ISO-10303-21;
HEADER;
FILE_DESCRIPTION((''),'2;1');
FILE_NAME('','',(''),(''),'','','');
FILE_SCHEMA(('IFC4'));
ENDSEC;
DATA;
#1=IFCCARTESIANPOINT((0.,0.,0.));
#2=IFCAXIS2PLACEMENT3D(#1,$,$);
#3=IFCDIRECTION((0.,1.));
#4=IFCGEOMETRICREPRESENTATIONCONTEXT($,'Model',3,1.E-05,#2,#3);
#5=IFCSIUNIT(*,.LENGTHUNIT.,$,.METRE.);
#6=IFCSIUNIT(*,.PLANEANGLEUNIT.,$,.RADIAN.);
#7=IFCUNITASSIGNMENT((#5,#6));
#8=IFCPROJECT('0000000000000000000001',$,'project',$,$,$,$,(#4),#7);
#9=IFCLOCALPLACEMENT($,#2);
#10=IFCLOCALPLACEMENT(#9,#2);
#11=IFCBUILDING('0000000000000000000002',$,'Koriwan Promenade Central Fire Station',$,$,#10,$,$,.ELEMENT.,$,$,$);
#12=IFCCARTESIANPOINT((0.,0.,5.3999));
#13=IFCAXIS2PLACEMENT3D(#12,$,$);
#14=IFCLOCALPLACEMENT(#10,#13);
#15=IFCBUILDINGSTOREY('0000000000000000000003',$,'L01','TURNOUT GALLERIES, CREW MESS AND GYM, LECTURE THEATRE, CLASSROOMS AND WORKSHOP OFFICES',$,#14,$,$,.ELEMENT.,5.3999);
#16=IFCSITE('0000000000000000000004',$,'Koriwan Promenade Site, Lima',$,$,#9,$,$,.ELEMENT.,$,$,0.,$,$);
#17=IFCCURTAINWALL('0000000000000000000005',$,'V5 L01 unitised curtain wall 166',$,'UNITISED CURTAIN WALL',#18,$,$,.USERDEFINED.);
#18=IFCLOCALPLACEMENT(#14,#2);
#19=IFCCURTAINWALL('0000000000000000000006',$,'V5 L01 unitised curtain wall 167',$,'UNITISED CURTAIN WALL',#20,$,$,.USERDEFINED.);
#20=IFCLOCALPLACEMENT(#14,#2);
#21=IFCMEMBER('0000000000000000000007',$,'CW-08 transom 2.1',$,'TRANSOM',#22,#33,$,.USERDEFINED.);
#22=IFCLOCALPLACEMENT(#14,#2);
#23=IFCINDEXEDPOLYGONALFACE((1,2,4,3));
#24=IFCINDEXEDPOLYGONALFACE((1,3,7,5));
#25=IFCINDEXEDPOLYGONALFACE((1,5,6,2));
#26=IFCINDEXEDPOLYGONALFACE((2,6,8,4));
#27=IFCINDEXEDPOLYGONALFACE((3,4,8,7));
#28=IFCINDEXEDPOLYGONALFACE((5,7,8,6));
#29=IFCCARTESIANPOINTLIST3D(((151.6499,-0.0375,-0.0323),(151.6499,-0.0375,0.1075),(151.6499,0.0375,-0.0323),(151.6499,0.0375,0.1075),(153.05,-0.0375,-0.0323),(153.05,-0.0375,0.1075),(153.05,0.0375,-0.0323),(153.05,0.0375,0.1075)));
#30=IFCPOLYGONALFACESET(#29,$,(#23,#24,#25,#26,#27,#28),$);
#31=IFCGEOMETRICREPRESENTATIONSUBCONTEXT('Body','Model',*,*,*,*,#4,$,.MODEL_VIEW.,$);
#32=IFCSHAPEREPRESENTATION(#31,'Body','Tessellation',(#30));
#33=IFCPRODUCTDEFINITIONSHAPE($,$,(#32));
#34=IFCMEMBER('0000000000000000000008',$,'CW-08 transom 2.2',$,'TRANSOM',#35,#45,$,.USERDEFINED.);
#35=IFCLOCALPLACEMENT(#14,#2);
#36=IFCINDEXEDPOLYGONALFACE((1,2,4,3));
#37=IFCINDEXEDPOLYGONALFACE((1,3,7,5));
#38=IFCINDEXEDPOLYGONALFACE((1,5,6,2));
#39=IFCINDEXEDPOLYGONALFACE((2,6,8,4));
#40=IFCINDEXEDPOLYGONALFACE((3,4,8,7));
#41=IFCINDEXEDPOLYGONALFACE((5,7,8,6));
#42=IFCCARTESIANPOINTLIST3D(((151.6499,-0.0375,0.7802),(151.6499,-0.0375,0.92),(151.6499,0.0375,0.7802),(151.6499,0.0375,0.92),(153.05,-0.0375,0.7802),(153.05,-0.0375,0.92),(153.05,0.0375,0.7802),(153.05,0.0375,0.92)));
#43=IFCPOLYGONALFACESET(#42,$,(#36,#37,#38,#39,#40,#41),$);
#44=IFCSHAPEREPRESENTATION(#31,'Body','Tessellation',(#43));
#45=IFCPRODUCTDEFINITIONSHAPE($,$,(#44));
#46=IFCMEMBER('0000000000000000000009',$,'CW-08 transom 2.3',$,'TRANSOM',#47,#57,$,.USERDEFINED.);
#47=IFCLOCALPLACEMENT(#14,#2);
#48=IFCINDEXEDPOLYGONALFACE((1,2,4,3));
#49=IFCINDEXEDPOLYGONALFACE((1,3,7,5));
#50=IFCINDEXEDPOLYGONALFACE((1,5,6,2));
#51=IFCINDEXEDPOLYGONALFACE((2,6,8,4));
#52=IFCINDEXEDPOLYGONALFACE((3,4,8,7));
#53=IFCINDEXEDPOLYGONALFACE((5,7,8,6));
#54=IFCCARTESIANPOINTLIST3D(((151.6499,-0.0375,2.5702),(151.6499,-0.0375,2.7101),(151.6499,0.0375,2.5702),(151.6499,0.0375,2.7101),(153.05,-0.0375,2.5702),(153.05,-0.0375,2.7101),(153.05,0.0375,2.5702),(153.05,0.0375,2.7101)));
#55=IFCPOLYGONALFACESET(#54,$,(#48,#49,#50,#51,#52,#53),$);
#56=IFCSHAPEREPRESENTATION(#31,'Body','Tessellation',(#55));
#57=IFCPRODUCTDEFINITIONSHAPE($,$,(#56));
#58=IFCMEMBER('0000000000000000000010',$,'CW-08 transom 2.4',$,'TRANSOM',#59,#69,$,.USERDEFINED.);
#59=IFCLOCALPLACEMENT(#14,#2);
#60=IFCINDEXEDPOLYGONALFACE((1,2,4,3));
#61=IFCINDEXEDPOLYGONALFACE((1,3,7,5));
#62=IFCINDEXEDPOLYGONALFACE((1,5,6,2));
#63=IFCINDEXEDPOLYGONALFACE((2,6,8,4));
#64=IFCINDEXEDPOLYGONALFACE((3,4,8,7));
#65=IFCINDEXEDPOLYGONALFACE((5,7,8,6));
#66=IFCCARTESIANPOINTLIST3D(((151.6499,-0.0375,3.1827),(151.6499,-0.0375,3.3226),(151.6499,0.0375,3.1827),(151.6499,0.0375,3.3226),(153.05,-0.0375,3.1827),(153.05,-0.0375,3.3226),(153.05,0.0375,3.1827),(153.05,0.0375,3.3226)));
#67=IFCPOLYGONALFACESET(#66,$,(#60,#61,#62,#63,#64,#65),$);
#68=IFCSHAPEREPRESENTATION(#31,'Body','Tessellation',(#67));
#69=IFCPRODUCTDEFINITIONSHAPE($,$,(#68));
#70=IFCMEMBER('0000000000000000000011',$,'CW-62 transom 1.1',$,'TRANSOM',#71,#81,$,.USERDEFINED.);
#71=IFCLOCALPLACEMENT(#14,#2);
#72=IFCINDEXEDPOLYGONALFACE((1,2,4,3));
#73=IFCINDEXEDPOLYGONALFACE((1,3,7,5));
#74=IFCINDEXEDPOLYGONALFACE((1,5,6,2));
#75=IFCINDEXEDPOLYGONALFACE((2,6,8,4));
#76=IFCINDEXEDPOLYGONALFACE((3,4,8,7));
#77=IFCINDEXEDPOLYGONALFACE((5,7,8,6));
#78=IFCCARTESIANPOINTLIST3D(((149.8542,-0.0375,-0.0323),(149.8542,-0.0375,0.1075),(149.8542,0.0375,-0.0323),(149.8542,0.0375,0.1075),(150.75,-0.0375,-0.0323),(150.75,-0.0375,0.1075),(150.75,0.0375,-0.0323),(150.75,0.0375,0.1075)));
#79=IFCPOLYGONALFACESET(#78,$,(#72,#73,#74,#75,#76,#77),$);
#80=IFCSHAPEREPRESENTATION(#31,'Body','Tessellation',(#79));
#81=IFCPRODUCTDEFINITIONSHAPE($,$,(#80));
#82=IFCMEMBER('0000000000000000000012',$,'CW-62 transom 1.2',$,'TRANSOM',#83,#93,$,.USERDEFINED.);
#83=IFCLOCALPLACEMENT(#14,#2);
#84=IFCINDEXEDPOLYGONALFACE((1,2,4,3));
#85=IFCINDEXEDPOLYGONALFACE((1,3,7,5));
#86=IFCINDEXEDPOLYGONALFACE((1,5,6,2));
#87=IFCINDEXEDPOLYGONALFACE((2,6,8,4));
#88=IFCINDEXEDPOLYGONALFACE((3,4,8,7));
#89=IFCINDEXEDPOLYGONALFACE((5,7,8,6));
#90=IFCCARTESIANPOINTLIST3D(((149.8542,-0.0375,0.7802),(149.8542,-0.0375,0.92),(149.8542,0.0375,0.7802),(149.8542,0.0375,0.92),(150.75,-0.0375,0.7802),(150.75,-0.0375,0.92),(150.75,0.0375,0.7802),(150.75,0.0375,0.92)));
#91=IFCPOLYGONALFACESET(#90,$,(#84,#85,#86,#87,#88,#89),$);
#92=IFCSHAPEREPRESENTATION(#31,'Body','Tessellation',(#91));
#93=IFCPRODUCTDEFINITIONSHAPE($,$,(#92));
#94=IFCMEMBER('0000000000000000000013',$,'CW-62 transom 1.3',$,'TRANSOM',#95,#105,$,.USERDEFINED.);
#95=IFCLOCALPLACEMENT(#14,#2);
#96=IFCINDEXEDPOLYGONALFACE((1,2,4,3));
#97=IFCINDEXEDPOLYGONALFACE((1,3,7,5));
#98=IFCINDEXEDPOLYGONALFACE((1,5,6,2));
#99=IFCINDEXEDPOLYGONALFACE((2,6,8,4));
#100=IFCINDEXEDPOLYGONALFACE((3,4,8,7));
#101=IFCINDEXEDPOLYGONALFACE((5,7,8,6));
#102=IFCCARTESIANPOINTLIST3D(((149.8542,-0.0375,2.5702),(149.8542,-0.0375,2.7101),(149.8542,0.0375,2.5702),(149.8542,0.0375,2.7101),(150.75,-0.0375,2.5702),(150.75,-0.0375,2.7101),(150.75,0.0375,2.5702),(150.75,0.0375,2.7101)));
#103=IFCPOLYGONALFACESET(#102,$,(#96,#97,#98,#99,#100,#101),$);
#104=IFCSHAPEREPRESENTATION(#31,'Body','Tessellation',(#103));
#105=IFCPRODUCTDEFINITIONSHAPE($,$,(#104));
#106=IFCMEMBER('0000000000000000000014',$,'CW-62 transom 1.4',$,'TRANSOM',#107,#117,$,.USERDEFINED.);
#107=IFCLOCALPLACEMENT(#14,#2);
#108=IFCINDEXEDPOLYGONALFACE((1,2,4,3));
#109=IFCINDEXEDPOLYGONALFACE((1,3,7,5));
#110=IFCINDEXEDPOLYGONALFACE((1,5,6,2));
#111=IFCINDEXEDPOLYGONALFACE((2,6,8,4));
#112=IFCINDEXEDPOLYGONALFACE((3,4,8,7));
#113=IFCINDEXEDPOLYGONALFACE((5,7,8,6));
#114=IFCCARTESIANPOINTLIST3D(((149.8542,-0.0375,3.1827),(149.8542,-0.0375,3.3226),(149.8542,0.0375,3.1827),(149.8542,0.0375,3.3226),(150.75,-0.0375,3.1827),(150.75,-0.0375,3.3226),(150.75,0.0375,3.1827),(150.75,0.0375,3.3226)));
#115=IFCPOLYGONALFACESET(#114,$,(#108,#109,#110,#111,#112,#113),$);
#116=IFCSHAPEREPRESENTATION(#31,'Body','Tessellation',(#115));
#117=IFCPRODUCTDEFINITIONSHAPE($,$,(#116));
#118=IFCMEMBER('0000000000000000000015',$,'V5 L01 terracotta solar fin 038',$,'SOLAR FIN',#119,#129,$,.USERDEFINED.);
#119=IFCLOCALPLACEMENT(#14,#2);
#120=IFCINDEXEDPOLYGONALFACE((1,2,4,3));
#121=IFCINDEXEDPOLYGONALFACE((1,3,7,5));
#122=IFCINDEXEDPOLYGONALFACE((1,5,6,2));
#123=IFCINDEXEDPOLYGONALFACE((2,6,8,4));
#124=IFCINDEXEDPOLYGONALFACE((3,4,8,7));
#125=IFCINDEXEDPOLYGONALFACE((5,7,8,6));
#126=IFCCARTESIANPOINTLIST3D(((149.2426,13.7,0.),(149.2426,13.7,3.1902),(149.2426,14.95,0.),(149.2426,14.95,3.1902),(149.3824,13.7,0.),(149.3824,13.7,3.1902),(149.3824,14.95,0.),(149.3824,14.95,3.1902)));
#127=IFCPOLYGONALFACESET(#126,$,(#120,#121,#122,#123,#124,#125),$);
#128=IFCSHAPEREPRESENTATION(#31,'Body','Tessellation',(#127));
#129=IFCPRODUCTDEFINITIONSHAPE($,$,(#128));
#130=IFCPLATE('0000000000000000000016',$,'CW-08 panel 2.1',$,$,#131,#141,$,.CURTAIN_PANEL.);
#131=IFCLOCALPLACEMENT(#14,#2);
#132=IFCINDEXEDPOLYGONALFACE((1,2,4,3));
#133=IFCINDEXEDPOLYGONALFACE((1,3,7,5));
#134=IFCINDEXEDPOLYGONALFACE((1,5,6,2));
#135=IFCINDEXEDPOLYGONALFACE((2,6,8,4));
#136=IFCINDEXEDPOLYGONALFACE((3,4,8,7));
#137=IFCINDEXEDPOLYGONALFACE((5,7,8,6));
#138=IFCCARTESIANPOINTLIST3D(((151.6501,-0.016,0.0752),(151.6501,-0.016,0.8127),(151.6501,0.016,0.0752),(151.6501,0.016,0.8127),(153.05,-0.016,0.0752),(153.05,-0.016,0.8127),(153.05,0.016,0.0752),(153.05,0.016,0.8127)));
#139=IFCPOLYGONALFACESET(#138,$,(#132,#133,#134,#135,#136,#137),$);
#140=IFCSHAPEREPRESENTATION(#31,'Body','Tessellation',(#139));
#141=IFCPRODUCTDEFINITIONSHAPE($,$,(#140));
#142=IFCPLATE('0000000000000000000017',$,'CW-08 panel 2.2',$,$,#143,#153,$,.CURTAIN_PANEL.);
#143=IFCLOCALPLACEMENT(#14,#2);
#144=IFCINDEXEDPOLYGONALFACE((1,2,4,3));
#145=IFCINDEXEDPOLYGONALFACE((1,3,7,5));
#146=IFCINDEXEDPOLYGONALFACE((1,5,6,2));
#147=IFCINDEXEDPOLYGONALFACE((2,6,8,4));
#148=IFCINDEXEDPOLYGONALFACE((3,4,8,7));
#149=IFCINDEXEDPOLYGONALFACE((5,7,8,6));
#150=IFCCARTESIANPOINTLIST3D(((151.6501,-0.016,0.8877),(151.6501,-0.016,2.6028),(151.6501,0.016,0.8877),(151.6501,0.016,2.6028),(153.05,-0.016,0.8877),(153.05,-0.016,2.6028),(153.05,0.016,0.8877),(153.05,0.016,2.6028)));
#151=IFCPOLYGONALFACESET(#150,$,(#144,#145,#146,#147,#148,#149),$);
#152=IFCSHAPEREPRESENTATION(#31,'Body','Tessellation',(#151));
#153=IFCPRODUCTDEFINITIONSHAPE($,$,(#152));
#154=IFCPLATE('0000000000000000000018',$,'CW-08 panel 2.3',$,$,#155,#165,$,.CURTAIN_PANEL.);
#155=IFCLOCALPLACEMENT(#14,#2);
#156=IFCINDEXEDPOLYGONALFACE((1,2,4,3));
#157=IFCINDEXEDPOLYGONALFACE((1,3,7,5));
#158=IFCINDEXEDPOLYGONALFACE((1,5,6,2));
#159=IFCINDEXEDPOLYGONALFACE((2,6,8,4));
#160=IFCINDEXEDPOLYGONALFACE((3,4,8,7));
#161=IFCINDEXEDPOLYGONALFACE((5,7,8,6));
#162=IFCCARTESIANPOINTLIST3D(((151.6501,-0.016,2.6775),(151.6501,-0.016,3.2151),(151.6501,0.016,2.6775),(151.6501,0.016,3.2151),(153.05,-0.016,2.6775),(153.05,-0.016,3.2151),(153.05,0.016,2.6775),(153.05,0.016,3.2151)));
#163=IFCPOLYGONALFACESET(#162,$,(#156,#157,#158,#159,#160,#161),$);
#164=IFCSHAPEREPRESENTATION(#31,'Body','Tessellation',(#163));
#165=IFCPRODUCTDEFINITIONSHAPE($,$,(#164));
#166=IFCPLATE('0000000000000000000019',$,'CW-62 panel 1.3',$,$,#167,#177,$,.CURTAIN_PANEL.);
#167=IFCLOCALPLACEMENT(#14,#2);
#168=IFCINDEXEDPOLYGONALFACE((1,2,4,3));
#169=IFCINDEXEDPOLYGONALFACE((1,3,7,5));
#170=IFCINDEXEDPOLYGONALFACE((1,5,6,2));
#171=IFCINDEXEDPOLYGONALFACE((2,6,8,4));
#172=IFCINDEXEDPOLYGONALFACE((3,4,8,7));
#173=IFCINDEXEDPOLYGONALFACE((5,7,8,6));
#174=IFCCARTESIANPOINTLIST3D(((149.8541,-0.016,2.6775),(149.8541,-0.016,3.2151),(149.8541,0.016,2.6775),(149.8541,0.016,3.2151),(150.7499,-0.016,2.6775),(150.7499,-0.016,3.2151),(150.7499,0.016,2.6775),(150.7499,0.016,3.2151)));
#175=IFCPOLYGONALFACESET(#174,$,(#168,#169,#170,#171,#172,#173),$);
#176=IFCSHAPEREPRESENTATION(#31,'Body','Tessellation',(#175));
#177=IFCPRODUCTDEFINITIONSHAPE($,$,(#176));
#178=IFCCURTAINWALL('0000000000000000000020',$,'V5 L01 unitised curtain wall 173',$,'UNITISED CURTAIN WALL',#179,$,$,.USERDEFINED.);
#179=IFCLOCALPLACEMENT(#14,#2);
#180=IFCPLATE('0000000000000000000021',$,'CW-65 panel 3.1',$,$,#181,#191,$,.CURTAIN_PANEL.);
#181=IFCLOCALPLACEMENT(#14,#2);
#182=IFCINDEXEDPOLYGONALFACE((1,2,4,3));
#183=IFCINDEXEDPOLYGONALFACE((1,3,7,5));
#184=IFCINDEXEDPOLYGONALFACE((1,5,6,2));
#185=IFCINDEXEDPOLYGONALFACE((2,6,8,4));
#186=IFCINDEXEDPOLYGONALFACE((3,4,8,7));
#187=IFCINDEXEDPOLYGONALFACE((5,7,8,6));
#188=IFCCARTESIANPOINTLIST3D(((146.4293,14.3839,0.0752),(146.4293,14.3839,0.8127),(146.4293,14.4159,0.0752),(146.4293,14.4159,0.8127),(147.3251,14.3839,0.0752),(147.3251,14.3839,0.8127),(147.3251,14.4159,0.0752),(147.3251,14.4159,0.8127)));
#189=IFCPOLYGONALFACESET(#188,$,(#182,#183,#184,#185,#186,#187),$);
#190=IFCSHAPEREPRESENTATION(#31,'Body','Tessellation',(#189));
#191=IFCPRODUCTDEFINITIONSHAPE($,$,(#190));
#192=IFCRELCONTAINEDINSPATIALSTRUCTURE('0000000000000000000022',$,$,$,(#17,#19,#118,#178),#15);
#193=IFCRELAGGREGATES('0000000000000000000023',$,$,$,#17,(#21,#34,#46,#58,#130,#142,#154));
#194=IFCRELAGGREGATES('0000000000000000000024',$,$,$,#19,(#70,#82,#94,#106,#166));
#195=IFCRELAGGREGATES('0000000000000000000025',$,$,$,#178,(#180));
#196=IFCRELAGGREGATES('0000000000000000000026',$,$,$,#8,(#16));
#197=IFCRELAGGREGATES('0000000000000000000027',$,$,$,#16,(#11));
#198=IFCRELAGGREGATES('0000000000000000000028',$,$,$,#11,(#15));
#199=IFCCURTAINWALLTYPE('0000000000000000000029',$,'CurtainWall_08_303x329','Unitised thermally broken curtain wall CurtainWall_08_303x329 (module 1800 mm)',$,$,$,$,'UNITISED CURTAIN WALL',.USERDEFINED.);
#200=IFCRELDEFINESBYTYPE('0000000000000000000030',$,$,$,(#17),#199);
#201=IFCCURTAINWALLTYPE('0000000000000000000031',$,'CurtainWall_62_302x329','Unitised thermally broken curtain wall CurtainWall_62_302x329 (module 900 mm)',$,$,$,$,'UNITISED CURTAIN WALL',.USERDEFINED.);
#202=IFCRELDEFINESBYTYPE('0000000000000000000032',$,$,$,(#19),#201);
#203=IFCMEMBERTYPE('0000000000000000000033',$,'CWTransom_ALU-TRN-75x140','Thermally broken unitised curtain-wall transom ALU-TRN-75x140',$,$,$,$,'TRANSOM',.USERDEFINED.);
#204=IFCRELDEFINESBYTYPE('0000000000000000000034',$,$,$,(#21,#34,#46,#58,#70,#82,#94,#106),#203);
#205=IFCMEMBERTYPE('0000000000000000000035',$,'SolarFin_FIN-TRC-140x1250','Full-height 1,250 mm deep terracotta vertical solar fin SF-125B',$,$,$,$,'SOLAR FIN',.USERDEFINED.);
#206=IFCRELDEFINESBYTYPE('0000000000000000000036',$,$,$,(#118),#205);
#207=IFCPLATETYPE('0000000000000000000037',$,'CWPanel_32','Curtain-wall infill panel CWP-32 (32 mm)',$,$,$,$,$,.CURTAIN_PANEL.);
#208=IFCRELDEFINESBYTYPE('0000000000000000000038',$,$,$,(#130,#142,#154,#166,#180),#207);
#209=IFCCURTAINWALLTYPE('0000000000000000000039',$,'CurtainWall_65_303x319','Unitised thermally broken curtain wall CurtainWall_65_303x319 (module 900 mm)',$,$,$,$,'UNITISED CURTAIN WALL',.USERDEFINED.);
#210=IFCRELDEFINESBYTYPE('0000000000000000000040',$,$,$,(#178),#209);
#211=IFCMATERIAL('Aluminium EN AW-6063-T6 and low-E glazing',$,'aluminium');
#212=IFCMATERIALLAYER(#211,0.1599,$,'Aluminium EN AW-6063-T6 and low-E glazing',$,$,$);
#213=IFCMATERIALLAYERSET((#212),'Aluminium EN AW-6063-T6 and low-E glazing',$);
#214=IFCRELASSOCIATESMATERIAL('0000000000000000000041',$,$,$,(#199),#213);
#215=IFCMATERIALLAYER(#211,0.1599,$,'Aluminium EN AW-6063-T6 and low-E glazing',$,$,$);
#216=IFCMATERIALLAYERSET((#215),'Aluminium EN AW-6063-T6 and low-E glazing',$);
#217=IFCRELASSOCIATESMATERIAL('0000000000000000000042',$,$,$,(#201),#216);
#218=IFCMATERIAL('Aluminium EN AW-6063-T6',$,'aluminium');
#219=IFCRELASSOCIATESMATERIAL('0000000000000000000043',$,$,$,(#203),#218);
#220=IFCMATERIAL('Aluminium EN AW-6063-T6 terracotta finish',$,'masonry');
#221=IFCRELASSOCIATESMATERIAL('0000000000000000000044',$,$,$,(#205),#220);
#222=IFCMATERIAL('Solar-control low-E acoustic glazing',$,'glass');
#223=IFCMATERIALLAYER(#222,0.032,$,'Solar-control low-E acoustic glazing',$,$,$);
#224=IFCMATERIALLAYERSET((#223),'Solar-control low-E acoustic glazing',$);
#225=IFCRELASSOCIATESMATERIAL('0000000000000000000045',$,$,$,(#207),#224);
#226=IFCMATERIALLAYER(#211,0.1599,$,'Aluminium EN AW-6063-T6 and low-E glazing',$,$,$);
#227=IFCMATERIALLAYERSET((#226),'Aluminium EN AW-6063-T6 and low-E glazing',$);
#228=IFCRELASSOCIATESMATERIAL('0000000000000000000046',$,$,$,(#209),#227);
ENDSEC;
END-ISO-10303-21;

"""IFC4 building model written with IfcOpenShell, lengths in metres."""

from ifc_helpers import new_model, si_unit, direction, frame, origin, origin_2d, place, context, subcontext, project, spatial, rectangle, extrude, material, layer, layer_set, material_profile, profile_set, type_object, element, aggregate, save


model = new_model("IFC4")

# Units and contexts
model_context = context("Model", 3, precision=1e-05, world=origin(), true_north=direction((0.0, 1.0)))
body_context = subcontext(model_context, "Body", "Model", "MODEL_VIEW")
ifc_project = project(units=[si_unit("LENGTHUNIT", "METRE"), si_unit("PLANEANGLEUNIT", "RADIAN")], contexts=[model_context])

# Site, building, storey
site_placement = place(None, origin())
site = spatial("IfcSite", under=ifc_project, at=site_placement, Name="Koriwan Promenade Site, Lima", CompositionType="ELEMENT", RefElevation=0.0)
building_placement = place(site_placement, origin())
building = spatial("IfcBuilding", under=site, at=building_placement, Name="Koriwan Promenade Central Fire Station", CompositionType="ELEMENT")
storey_placement = place(building_placement, frame((0.0, 0.0, 5.3999)))
storey = spatial("IfcBuildingStorey", under=building, at=storey_placement, Name="L01", Description="TURNOUT GALLERIES, CREW MESS AND GYM, LECTURE THEATRE, CLASSROOMS AND WORKSHOP OFFICES", CompositionType="ELEMENT", Elevation=5.3999)

# Curtain wall
ifc_material_1 = material(Name="Aluminium EN AW-6063-T6 and low-E glazing", Category="aluminium")
ifc_layer_1 = layer(ifc_material_1, 0.1599, Name="Aluminium EN AW-6063-T6 and low-E glazing")
ifc_layer_set_1 = layer_set([ifc_layer_1], Name="Aluminium EN AW-6063-T6 and low-E glazing")
curtain_wall_type_1 = type_object("IfcCurtainWallType", Name="CurtainWall_08_303x329", Description="Unitised thermally broken curtain wall CurtainWall_08_303x329 (module 1800 mm)", ElementType="UNITISED CURTAIN WALL", PredefinedType="USERDEFINED", material=ifc_layer_set_1)
curtain_wall_1_placement = place(storey_placement, origin())
curtain_wall_1 = element("IfcCurtainWall", 1, at=curtain_wall_1_placement, inside=storey, type_object=curtain_wall_type_1, Name="V5 L01 unitised curtain wall 166", ObjectType="UNITISED CURTAIN WALL", PredefinedType="USERDEFINED")
ifc_material_2 = material(Name="Aluminium EN AW-6063-T6", Category="aluminium")

# Curtain wall
ifc_layer_2 = layer(ifc_material_1, 0.1599, Name="Aluminium EN AW-6063-T6 and low-E glazing")
ifc_layer_set_2 = layer_set([ifc_layer_2], Name="Aluminium EN AW-6063-T6 and low-E glazing")
curtain_wall_type_2 = type_object("IfcCurtainWallType", Name="CurtainWall_62_302x329", Description="Unitised thermally broken curtain wall CurtainWall_62_302x329 (module 900 mm)", ElementType="UNITISED CURTAIN WALL", PredefinedType="USERDEFINED", material=ifc_layer_set_2)
curtain_wall_2_placement = place(storey_placement, origin())
curtain_wall_2 = element("IfcCurtainWall", 2, at=curtain_wall_2_placement, inside=storey, type_object=curtain_wall_type_2, Name="V5 L01 unitised curtain wall 167", ObjectType="UNITISED CURTAIN WALL", PredefinedType="USERDEFINED")

# Members
ifc_material_profile_1 = material_profile(ifc_material_2, rectangle(XDim=0.075, YDim=0.1399, at=origin_2d()), Name="ALU-TRN-75x140")
ifc_profile_set_1 = profile_set([ifc_material_profile_1], Name="Aluminium EN AW-6063-T6")
member_type_1 = type_object("IfcMemberType", Name="CWTransom_ALU-TRN-75x140", Description="Thermally broken unitised curtain-wall transom ALU-TRN-75x140", ElementType="TRANSOM", PredefinedType="USERDEFINED", material=ifc_profile_set_1)
member_1_placement = place(storey_placement, frame((153.05, 0.0, 0.0376), z_axis=(-1.0, 0.0, 0.0), x_axis=(0.0, -1.0, 0.0)))
member_1 = element("IfcMember", 3, at=member_1_placement, type_object=member_type_1, Name="CW-08 transom 2.1", ObjectType="TRANSOM", PredefinedType="USERDEFINED", context=body_context, shape_type="SweptSolid", body=[
    extrude(rectangle(XDim=0.075, YDim=0.1399, at=origin_2d()), origin(), (0.0, 0.0, 1.0), 1.4001),
])
member_2_placement = place(storey_placement, frame((153.05, 0.0, 0.8501), z_axis=(-1.0, 0.0, 0.0), x_axis=(0.0, -1.0, 0.0)))
member_2 = element("IfcMember", 4, at=member_2_placement, type_object=member_type_1, Name="CW-08 transom 2.2", ObjectType="TRANSOM", PredefinedType="USERDEFINED", context=body_context, shape_type="SweptSolid", body=[
    extrude(rectangle(XDim=0.075, YDim=0.1399, at=origin_2d()), origin(), (0.0, 0.0, 1.0), 1.4001),
])
member_3_placement = place(storey_placement, frame((153.05, 0.0, 2.6401), z_axis=(-1.0, 0.0, 0.0), x_axis=(0.0, -1.0, 0.0)))
member_3 = element("IfcMember", 5, at=member_3_placement, type_object=member_type_1, Name="CW-08 transom 2.3", ObjectType="TRANSOM", PredefinedType="USERDEFINED", context=body_context, shape_type="SweptSolid", body=[
    extrude(rectangle(XDim=0.075, YDim=0.1399, at=origin_2d()), origin(), (0.0, 0.0, 1.0), 1.4001),
])
member_4_placement = place(storey_placement, frame((153.05, 0.0, 3.2527), z_axis=(-1.0, 0.0, 0.0), x_axis=(0.0, -1.0, 0.0)))
member_4 = element("IfcMember", 6, at=member_4_placement, type_object=member_type_1, Name="CW-08 transom 2.4", ObjectType="TRANSOM", PredefinedType="USERDEFINED", context=body_context, shape_type="SweptSolid", body=[
    extrude(rectangle(XDim=0.075, YDim=0.1399, at=origin_2d()), origin(), (0.0, 0.0, 1.0), 1.4001),
])
member_5_placement = place(storey_placement, frame((150.75, 0.0, 0.0376), z_axis=(-1.0, 0.0, 0.0), x_axis=(0.0, -1.0, 0.0)))
member_5 = element("IfcMember", 7, at=member_5_placement, type_object=member_type_1, Name="CW-62 transom 1.1", ObjectType="TRANSOM", PredefinedType="USERDEFINED", context=body_context, shape_type="SweptSolid", body=[
    extrude(rectangle(XDim=0.075, YDim=0.1399, at=origin_2d()), origin(), (0.0, 0.0, 1.0), 0.8958),
])
member_6_placement = place(storey_placement, frame((150.75, 0.0, 0.8501), z_axis=(-1.0, 0.0, 0.0), x_axis=(0.0, -1.0, 0.0)))
member_6 = element("IfcMember", 8, at=member_6_placement, type_object=member_type_1, Name="CW-62 transom 1.2", ObjectType="TRANSOM", PredefinedType="USERDEFINED", context=body_context, shape_type="SweptSolid", body=[
    extrude(rectangle(XDim=0.075, YDim=0.1399, at=origin_2d()), origin(), (0.0, 0.0, 1.0), 0.8958),
])
member_7_placement = place(storey_placement, frame((150.75, 0.0, 2.6401), z_axis=(-1.0, 0.0, 0.0), x_axis=(0.0, -1.0, 0.0)))
member_7 = element("IfcMember", 9, at=member_7_placement, type_object=member_type_1, Name="CW-62 transom 1.3", ObjectType="TRANSOM", PredefinedType="USERDEFINED", context=body_context, shape_type="SweptSolid", body=[
    extrude(rectangle(XDim=0.075, YDim=0.1399, at=origin_2d()), origin(), (0.0, 0.0, 1.0), 0.8958),
])
member_8_placement = place(storey_placement, frame((150.75, 0.0, 3.2527), z_axis=(-1.0, 0.0, 0.0), x_axis=(0.0, -1.0, 0.0)))
member_8 = element("IfcMember", 10, at=member_8_placement, type_object=member_type_1, Name="CW-62 transom 1.4", ObjectType="TRANSOM", PredefinedType="USERDEFINED", context=body_context, shape_type="SweptSolid", body=[
    extrude(rectangle(XDim=0.075, YDim=0.1399, at=origin_2d()), origin(), (0.0, 0.0, 1.0), 0.8958),
])
ifc_material_3 = material(Name="Aluminium EN AW-6063-T6 terracotta finish", Category="masonry")
ifc_material_profile_2 = material_profile(ifc_material_3, rectangle(XDim=0.1399, YDim=1.25, at=origin_2d()), Name="FIN-TRC-140x1250")
ifc_profile_set_2 = profile_set([ifc_material_profile_2], Name="Aluminium EN AW-6063-T6 terracotta finish")
member_type_2 = type_object("IfcMemberType", Name="SolarFin_FIN-TRC-140x1250", Description="Full-height 1,250 mm deep terracotta vertical solar fin SF-125B", ElementType="SOLAR FIN", PredefinedType="USERDEFINED", material=ifc_profile_set_2)
member_9_placement = place(storey_placement, frame((149.3125, 14.325, 0.0), z_axis=(0.0, 0.0, 1.0), x_axis=(-1.0, 0.0, 0.0)))
element("IfcMember", 11, at=member_9_placement, inside=storey, type_object=member_type_2, Name="V5 L01 terracotta solar fin 038", ObjectType="SOLAR FIN", PredefinedType="USERDEFINED", context=body_context, shape_type="SweptSolid", body=[
    extrude(rectangle(XDim=0.1399, YDim=1.25, at=origin_2d()), origin(), (0.0, 0.0, 1.0), 3.1902),
])

# Plates
ifc_material_4 = material(Name="Solar-control low-E acoustic glazing", Category="glass")
ifc_layer_3 = layer(ifc_material_4, 0.032, Name="Solar-control low-E acoustic glazing")
ifc_layer_set_3 = layer_set([ifc_layer_3], Name="Solar-control low-E acoustic glazing")
plate_type = type_object("IfcPlateType", Name="CWPanel_32", Description="Curtain-wall infill panel CWP-32 (32 mm)", PredefinedType="CURTAIN_PANEL", material=ifc_layer_set_3)
plate_1_placement = place(storey_placement, frame((152.3501, 0.0, 0.0752), z_axis=(0.0, 0.0, 1.0), x_axis=(-1.0, 0.0, 0.0)))
plate_1 = element("IfcPlate", 12, at=plate_1_placement, type_object=plate_type, Name="CW-08 panel 2.1", PredefinedType="CURTAIN_PANEL", context=body_context, shape_type="SweptSolid", body=[
    extrude(rectangle(XDim=1.3999, YDim=0.032, at=origin_2d()), origin(), (0.0, 0.0, 1.0), 0.7375),
])
plate_2_placement = place(storey_placement, frame((152.3501, 0.0, 0.8877), z_axis=(0.0, 0.0, 1.0), x_axis=(-1.0, 0.0, 0.0)))
plate_2 = element("IfcPlate", 13, at=plate_2_placement, type_object=plate_type, Name="CW-08 panel 2.2", PredefinedType="CURTAIN_PANEL", context=body_context, shape_type="SweptSolid", body=[
    extrude(rectangle(XDim=1.3999, YDim=0.032, at=origin_2d()), origin(), (0.0, 0.0, 1.0), 1.7151),
])
plate_3_placement = place(storey_placement, frame((152.3501, 0.0, 2.6775), z_axis=(0.0, 0.0, 1.0), x_axis=(-1.0, 0.0, 0.0)))
plate_3 = element("IfcPlate", 14, at=plate_3_placement, type_object=plate_type, Name="CW-08 panel 2.3", PredefinedType="CURTAIN_PANEL", context=body_context, shape_type="SweptSolid", body=[
    extrude(rectangle(XDim=1.3999, YDim=0.032, at=origin_2d()), origin(), (0.0, 0.0, 1.0), 0.5376),
])
aggregate(curtain_wall_1, [member_1, member_2, member_3, member_4, plate_1, plate_2, plate_3])
plate_4_placement = place(storey_placement, frame((150.302, 0.0, 2.6775), z_axis=(0.0, 0.0, 1.0), x_axis=(-1.0, 0.0, 0.0)))
plate_4 = element("IfcPlate", 15, at=plate_4_placement, type_object=plate_type, Name="CW-62 panel 1.3", PredefinedType="CURTAIN_PANEL", context=body_context, shape_type="SweptSolid", body=[
    extrude(rectangle(XDim=0.8958, YDim=0.032, at=origin_2d()), origin(), (0.0, 0.0, 1.0), 0.5376),
])
aggregate(curtain_wall_2, [member_5, member_6, member_7, member_8, plate_4])

# Curtain wall, plate
ifc_layer_4 = layer(ifc_material_1, 0.1599, Name="Aluminium EN AW-6063-T6 and low-E glazing")
ifc_layer_set_4 = layer_set([ifc_layer_4], Name="Aluminium EN AW-6063-T6 and low-E glazing")
curtain_wall_type_3 = type_object("IfcCurtainWallType", Name="CurtainWall_65_303x319", Description="Unitised thermally broken curtain wall CurtainWall_65_303x319 (module 900 mm)", ElementType="UNITISED CURTAIN WALL", PredefinedType="USERDEFINED", material=ifc_layer_set_4)
curtain_wall_3_placement = place(storey_placement, origin())
curtain_wall_3 = element("IfcCurtainWall", 16, at=curtain_wall_3_placement, inside=storey, type_object=curtain_wall_type_3, Name="V5 L01 unitised curtain wall 173", ObjectType="UNITISED CURTAIN WALL", PredefinedType="USERDEFINED")
plate_5_placement = place(storey_placement, frame((146.8772, 14.3999, 0.0752), z_axis=(0.0, 0.0, 1.0), x_axis=(1.0, 0.0, 0.0)))
plate_5 = element("IfcPlate", 17, at=plate_5_placement, type_object=plate_type, Name="CW-65 panel 3.1", PredefinedType="CURTAIN_PANEL", context=body_context, shape_type="SweptSolid", body=[
    extrude(rectangle(XDim=0.8958, YDim=0.032, at=origin_2d()), origin(), (0.0, 0.0, 1.0), 0.7375),
])
aggregate(curtain_wall_3, [plate_5])

save(model, "model.ifc")
